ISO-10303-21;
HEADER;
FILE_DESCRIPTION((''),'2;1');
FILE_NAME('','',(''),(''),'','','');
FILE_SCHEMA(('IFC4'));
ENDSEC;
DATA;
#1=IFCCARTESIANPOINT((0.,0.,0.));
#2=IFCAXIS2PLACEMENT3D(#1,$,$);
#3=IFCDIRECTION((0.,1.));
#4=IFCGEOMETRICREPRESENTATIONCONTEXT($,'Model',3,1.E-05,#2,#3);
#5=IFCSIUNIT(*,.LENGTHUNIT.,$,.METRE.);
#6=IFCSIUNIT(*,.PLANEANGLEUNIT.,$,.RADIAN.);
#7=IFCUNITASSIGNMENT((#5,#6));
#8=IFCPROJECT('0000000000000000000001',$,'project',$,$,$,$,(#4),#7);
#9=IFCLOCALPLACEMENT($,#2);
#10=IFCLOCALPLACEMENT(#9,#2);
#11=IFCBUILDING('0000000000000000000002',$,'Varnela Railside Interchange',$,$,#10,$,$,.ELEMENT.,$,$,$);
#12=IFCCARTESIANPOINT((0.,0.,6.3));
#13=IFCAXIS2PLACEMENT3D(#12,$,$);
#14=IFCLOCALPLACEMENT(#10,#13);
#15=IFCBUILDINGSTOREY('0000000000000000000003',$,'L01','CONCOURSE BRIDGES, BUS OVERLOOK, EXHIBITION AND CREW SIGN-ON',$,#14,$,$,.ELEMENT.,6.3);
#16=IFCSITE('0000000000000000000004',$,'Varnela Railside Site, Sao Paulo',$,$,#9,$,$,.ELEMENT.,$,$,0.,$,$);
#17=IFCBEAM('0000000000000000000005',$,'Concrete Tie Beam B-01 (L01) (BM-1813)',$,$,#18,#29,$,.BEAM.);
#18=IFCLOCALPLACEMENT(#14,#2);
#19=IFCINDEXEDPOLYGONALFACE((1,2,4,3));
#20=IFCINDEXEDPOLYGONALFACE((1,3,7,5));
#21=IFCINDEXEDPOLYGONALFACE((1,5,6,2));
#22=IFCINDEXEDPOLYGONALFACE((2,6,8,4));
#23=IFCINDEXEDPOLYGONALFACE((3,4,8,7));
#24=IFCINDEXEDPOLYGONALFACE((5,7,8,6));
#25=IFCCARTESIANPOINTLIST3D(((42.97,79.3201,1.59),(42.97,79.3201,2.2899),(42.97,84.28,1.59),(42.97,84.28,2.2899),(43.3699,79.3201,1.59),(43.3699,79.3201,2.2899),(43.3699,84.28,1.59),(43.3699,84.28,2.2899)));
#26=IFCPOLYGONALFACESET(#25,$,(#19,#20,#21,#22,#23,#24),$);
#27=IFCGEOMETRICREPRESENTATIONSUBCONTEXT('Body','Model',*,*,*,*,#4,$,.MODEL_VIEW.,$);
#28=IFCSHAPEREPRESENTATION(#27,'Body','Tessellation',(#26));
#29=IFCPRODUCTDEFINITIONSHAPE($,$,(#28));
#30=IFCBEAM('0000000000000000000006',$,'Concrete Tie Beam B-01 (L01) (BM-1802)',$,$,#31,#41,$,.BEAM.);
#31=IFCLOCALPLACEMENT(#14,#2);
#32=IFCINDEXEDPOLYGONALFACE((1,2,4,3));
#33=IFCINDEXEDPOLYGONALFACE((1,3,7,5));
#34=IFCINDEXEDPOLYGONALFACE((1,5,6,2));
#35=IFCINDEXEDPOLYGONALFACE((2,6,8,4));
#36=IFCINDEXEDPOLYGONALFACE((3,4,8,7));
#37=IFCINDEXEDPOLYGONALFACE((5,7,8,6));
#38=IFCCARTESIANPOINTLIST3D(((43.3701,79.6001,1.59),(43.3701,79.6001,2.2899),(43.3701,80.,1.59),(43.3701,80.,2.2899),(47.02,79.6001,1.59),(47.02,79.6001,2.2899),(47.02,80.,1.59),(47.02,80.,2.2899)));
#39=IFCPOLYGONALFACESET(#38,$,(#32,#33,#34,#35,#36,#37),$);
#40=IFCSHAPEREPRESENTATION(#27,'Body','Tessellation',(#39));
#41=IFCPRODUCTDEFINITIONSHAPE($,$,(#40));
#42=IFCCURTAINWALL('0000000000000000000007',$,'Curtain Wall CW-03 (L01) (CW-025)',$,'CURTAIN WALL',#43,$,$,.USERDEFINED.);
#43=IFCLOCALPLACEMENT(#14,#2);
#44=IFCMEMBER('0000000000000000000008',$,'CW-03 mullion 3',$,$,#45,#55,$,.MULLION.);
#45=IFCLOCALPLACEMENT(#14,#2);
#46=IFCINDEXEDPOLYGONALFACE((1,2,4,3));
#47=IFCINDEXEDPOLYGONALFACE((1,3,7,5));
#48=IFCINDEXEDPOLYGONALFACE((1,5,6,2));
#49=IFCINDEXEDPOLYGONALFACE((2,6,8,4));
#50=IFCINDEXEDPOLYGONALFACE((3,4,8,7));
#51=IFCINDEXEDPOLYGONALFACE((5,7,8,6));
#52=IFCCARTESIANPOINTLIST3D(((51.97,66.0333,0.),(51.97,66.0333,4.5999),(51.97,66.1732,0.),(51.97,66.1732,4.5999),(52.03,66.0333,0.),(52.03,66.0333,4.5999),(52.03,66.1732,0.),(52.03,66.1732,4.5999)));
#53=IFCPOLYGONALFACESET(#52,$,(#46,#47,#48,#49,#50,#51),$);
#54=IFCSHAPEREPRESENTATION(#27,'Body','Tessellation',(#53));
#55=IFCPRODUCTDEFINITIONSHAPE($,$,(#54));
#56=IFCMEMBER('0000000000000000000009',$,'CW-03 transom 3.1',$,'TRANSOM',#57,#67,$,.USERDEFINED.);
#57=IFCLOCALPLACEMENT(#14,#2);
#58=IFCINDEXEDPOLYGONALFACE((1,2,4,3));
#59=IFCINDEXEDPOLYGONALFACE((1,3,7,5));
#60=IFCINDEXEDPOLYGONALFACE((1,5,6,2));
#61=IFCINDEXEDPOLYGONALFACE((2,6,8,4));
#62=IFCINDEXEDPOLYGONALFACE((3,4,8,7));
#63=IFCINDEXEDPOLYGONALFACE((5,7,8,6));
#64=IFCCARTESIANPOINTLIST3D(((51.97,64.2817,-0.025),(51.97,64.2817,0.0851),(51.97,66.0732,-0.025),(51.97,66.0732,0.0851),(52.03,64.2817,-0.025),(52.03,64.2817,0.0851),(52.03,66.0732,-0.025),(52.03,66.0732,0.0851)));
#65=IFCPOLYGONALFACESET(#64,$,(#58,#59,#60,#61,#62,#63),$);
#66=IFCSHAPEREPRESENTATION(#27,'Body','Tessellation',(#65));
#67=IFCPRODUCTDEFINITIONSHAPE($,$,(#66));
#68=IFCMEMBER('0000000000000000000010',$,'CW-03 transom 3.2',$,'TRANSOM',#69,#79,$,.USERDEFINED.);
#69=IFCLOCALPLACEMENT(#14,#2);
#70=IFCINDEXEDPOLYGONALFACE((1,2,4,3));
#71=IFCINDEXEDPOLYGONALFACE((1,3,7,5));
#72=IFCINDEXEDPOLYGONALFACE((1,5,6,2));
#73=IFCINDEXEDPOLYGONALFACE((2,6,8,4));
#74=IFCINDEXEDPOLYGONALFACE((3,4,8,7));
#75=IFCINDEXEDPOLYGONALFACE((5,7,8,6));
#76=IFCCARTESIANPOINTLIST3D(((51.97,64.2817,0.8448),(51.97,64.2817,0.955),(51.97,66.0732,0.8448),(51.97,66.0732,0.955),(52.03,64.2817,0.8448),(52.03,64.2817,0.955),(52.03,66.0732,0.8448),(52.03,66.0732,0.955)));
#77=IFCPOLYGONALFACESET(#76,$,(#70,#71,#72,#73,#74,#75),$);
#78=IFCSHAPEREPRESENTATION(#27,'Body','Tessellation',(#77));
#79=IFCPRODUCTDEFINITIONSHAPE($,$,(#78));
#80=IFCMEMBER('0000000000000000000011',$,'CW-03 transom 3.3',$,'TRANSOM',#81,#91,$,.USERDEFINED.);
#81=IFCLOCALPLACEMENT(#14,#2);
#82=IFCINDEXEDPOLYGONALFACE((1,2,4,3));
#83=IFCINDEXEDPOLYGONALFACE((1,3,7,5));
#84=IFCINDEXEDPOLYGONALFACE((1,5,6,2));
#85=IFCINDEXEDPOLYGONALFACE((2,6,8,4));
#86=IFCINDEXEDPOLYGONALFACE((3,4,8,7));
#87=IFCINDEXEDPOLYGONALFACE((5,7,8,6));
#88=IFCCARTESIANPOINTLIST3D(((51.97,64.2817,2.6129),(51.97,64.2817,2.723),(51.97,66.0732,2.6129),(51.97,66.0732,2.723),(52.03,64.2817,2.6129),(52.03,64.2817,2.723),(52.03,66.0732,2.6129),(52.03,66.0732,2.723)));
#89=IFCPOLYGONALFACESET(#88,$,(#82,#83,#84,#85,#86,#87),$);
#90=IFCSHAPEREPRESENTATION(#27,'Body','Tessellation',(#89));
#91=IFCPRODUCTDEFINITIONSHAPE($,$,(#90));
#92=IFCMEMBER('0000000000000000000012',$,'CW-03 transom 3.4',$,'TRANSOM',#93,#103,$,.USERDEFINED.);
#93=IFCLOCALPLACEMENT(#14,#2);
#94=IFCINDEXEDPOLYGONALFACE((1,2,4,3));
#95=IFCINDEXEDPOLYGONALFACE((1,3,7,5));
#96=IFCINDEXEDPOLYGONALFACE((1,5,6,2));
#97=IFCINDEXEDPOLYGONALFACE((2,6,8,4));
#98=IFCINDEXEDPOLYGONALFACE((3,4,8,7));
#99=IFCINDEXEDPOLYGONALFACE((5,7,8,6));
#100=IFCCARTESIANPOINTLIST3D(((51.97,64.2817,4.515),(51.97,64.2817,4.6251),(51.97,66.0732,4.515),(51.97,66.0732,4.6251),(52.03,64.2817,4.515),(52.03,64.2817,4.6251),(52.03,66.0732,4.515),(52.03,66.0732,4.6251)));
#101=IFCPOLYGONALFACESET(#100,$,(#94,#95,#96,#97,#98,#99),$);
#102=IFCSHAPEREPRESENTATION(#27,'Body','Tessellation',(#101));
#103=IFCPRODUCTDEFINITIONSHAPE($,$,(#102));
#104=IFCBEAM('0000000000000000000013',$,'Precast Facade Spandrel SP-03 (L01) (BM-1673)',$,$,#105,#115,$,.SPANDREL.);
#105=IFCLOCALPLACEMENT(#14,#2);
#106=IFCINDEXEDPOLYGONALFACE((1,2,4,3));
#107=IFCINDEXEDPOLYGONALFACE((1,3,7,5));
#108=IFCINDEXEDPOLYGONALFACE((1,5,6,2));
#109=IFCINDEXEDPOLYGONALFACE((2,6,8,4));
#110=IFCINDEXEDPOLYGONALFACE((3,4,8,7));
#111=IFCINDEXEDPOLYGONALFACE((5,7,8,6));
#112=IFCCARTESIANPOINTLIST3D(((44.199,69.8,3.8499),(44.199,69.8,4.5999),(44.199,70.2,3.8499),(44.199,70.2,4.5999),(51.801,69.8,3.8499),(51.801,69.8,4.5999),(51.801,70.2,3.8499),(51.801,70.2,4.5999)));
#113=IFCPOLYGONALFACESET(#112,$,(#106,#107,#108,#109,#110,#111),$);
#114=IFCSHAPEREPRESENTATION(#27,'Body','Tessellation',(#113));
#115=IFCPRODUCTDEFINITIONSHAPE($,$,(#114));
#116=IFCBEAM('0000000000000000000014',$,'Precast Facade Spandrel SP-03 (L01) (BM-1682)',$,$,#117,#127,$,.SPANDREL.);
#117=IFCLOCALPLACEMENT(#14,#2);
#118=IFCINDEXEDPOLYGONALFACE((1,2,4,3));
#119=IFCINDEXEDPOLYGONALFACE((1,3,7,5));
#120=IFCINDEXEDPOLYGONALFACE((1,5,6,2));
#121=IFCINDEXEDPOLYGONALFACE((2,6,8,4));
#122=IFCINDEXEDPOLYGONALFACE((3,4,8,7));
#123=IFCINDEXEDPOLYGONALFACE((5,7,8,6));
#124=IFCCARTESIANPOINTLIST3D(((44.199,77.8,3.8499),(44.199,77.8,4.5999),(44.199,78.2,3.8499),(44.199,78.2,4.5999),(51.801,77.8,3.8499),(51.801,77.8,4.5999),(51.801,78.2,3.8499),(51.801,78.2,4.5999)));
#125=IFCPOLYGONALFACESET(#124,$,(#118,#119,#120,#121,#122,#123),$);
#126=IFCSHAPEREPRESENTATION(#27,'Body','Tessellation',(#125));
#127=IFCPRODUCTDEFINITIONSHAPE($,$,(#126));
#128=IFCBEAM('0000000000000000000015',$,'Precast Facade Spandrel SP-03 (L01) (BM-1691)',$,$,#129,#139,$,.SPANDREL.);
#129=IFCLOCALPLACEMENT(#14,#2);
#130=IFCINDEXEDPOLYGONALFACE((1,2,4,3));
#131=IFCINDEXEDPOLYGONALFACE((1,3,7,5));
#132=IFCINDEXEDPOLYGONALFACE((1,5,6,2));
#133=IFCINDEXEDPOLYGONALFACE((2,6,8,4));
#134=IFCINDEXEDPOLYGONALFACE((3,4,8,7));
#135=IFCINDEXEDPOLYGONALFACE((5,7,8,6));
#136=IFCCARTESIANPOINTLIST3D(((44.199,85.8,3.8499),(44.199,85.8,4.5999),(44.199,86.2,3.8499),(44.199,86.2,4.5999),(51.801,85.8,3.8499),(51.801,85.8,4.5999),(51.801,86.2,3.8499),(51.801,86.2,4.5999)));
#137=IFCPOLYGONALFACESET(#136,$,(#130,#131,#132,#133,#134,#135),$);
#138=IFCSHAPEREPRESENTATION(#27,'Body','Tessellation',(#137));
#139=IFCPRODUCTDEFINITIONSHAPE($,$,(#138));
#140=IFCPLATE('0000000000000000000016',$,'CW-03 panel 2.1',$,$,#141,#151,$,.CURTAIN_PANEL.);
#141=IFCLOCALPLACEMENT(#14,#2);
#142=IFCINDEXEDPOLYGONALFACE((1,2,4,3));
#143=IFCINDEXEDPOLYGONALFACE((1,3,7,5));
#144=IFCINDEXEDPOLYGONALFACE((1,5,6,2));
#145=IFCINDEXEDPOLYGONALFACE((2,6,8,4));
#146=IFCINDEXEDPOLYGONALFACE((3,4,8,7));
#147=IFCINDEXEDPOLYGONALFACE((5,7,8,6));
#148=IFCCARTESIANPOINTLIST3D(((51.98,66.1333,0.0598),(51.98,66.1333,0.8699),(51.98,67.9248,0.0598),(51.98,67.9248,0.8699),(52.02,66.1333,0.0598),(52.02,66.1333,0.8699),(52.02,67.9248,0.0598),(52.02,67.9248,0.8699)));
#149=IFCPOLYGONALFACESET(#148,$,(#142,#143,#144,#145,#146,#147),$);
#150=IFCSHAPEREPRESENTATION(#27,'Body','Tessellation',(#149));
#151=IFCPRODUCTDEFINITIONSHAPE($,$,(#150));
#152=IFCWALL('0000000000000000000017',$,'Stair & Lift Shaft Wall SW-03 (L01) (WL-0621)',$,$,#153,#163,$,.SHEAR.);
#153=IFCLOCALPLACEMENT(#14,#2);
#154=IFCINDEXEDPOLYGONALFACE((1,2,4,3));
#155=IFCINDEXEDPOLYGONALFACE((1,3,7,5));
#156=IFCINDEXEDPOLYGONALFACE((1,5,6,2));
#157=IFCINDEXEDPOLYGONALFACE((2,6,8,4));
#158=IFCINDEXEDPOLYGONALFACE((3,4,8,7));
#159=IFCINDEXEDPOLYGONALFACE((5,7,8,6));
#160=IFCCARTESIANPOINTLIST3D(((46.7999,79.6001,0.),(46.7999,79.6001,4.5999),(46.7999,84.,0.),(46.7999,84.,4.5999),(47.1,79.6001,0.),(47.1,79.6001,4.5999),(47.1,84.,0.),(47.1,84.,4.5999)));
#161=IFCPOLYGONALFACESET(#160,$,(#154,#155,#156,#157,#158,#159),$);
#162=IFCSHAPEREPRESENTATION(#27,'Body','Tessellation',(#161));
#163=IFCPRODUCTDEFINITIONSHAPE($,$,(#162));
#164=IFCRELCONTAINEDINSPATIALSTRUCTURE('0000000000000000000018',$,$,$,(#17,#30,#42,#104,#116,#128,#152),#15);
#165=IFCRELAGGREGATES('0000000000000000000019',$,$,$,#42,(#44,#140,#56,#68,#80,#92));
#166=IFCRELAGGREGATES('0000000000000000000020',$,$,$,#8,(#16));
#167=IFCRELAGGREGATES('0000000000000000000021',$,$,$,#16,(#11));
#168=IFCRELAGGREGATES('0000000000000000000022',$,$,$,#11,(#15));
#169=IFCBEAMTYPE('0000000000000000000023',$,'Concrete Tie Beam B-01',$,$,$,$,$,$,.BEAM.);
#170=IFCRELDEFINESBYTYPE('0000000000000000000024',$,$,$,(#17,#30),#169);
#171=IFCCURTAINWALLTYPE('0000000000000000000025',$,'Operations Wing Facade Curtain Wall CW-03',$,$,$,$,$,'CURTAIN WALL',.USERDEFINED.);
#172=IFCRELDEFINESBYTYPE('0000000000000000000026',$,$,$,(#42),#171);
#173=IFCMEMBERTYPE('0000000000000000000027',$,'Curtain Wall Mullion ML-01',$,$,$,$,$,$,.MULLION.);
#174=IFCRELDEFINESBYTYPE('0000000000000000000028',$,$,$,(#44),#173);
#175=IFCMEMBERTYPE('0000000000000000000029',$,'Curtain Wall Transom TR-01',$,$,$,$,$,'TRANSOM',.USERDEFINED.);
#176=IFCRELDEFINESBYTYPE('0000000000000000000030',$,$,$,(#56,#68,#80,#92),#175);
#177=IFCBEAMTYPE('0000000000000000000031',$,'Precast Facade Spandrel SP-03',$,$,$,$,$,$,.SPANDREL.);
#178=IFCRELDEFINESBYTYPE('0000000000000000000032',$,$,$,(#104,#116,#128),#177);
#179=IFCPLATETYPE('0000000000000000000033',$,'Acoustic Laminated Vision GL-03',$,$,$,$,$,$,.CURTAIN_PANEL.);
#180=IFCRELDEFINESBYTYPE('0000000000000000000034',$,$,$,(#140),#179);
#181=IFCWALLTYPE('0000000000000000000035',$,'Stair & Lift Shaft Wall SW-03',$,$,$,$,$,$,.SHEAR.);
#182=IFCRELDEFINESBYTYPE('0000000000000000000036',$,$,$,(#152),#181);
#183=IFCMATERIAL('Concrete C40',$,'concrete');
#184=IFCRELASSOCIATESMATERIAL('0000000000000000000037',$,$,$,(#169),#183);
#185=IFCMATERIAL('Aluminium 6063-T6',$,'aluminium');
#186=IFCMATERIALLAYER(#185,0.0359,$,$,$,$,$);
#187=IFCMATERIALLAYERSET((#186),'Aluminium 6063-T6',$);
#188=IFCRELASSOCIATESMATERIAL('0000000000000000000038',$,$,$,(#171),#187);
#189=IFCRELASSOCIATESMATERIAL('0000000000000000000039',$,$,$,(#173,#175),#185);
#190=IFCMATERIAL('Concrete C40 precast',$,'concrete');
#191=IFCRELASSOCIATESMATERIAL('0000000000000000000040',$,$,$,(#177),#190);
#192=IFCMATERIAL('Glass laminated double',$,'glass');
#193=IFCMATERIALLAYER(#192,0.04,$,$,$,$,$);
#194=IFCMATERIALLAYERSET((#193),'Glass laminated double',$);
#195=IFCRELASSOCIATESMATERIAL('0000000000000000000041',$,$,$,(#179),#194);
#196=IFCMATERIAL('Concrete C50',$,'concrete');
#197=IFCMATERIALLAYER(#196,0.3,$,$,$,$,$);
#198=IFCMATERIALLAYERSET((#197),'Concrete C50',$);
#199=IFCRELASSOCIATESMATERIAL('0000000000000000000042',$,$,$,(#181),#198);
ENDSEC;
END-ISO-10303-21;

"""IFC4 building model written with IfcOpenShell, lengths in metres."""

from ifc_helpers import new_model, si_unit, direction, frame, frame_2d, origin, origin_2d, place, context, subcontext, project, spatial, rectangle, extrude, material, layer, layer_set, material_profile, profile_set, type_object, element, aggregate, save


model = new_model("IFC4")

# Units and contexts
model_context = context("Model", 3, precision=1e-05, world=origin(), true_north=direction((0.0, 1.0)))
body_context = subcontext(model_context, "Body", "Model", "MODEL_VIEW")
ifc_project = project(units=[si_unit("LENGTHUNIT", "METRE"), si_unit("PLANEANGLEUNIT", "RADIAN")], contexts=[model_context])

# Site, building, storey
site_placement = place(None, origin())
site = spatial("IfcSite", under=ifc_project, at=site_placement, Name="Varnela Railside Site, Sao Paulo", CompositionType="ELEMENT", RefElevation=0.0)
building_placement = place(site_placement, origin())
building = spatial("IfcBuilding", under=site, at=building_placement, Name="Varnela Railside Interchange", CompositionType="ELEMENT")
storey_placement = place(building_placement, frame((0.0, 0.0, 6.3)))
storey = spatial("IfcBuildingStorey", under=building, at=storey_placement, Name="L01", Description="CONCOURSE BRIDGES, BUS OVERLOOK, EXHIBITION AND CREW SIGN-ON", CompositionType="ELEMENT", Elevation=6.3)

# Beams
ifc_material_1 = material(Name="Concrete C40", Category="concrete")
ifc_material_profile_1 = material_profile(ifc_material_1, rectangle(XDim=0.3999, YDim=0.7, at=origin_2d()), Name="RC 400x700")
ifc_profile_set_1 = profile_set([ifc_material_profile_1], Name="Concrete C40")
beam_type_1 = type_object("IfcBeamType", Name="Concrete Tie Beam B-01", PredefinedType="BEAM", material=ifc_profile_set_1)
beam_1_placement = place(storey_placement, frame((43.1699, 79.3201, 1.9399), z_axis=(0.0, 1.0, 0.0), x_axis=(-1.0, 0.0, 0.0)))
element("IfcBeam", 1, at=beam_1_placement, inside=storey, type_object=beam_type_1, Name="Concrete Tie Beam B-01 (L01) (BM-1813)", PredefinedType="BEAM", context=body_context, shape_type="SweptSolid", body=[
    extrude(rectangle(XDim=0.3999, YDim=0.7, at=origin_2d()), origin(), (0.0, 0.0, 1.0), 4.96),
])
beam_2_placement = place(storey_placement, frame((43.3701, 79.8, 1.9399), z_axis=(1.0, 0.0, 0.0), x_axis=(0.0, 1.0, 0.0)))
element("IfcBeam", 2, at=beam_2_placement, inside=storey, type_object=beam_type_1, Name="Concrete Tie Beam B-01 (L01) (BM-1802)", PredefinedType="BEAM", context=body_context, shape_type="SweptSolid", body=[
    extrude(rectangle(XDim=0.3999, YDim=0.7, at=origin_2d()), origin(), (0.0, 0.0, 1.0), 3.6499),
])

# Curtain wall, members
ifc_material_2 = material(Name="Aluminium 6063-T6", Category="aluminium")
ifc_layer_1 = layer(ifc_material_2, 0.0359)
ifc_layer_set_1 = layer_set([ifc_layer_1], Name="Aluminium 6063-T6")
curtain_wall_type = type_object("IfcCurtainWallType", Name="Operations Wing Facade Curtain Wall CW-03", ElementType="CURTAIN WALL", PredefinedType="USERDEFINED", material=ifc_layer_set_1)
curtain_wall_placement = place(storey_placement, origin())
curtain_wall = element("IfcCurtainWall", 3, at=curtain_wall_placement, inside=storey, type_object=curtain_wall_type, Name="Curtain Wall CW-03 (L01) (CW-025)", ObjectType="CURTAIN WALL", PredefinedType="USERDEFINED")
ifc_material_profile_2 = material_profile(ifc_material_2, rectangle(XDim=0.0601, YDim=0.1399, at=origin_2d()), Name="ALU 60x140")
ifc_profile_set_2 = profile_set([ifc_material_profile_2], Name="Aluminium 6063-T6")
member_type_1 = type_object("IfcMemberType", Name="Curtain Wall Mullion ML-01", PredefinedType="MULLION", material=ifc_profile_set_2)
member_1_placement = place(storey_placement, frame((52.0, 66.1033, 0.0), z_axis=(0.0, 0.0, 1.0), x_axis=(1.0, 0.0, 0.0)))
member_1 = element("IfcMember", 4, at=member_1_placement, type_object=member_type_1, Name="CW-03 mullion 3", PredefinedType="MULLION", context=body_context, shape_type="SweptSolid", body=[
    extrude(rectangle(XDim=0.0601, YDim=0.1399, at=origin_2d()), origin(), (0.0, 0.0, 1.0), 4.5999),
])
ifc_material_profile_3 = material_profile(ifc_material_2, rectangle(XDim=0.0601, YDim=0.1101, at=origin_2d()), Name="ALU 60x110")
ifc_profile_set_3 = profile_set([ifc_material_profile_3], Name="Aluminium 6063-T6")
member_type_2 = type_object("IfcMemberType", Name="Curtain Wall Transom TR-01", ElementType="TRANSOM", PredefinedType="USERDEFINED", material=ifc_profile_set_3)
member_2_placement = place(storey_placement, frame((52.0, 66.0732, 0.03), z_axis=(0.0, -1.0, 0.0), x_axis=(1.0, 0.0, 0.0)))
member_2 = element("IfcMember", 5, at=member_2_placement, type_object=member_type_2, Name="CW-03 transom 3.1", ObjectType="TRANSOM", PredefinedType="USERDEFINED", context=body_context, shape_type="SweptSolid", body=[
    extrude(rectangle(XDim=0.0601, YDim=0.1101, at=origin_2d()), origin(), (0.0, 0.0, 1.0), 1.7915),
])
member_3_placement = place(storey_placement, frame((52.0, 66.0732, 0.8999), z_axis=(0.0, -1.0, 0.0), x_axis=(1.0, 0.0, 0.0)))
member_3 = element("IfcMember", 6, at=member_3_placement, type_object=member_type_2, Name="CW-03 transom 3.2", ObjectType="TRANSOM", PredefinedType="USERDEFINED", context=body_context, shape_type="SweptSolid", body=[
    extrude(rectangle(XDim=0.0601, YDim=0.1101, at=origin_2d()), origin(), (0.0, 0.0, 1.0), 1.7915),
])
member_4_placement = place(storey_placement, frame((52.0, 66.0732, 2.668), z_axis=(0.0, -1.0, 0.0), x_axis=(1.0, 0.0, 0.0)))
member_4 = element("IfcMember", 7, at=member_4_placement, type_object=member_type_2, Name="CW-03 transom 3.3", ObjectType="TRANSOM", PredefinedType="USERDEFINED", context=body_context, shape_type="SweptSolid", body=[
    extrude(rectangle(XDim=0.0601, YDim=0.1101, at=origin_2d()), origin(), (0.0, 0.0, 1.0), 1.7915),
])
member_5_placement = place(storey_placement, frame((52.0, 66.0732, 4.5701), z_axis=(0.0, -1.0, 0.0), x_axis=(1.0, 0.0, 0.0)))
member_5 = element("IfcMember", 8, at=member_5_placement, type_object=member_type_2, Name="CW-03 transom 3.4", ObjectType="TRANSOM", PredefinedType="USERDEFINED", context=body_context, shape_type="SweptSolid", body=[
    extrude(rectangle(XDim=0.0601, YDim=0.1101, at=origin_2d()), origin(), (0.0, 0.0, 1.0), 1.7915),
])

# Beams
ifc_material_3 = material(Name="Concrete C40 precast", Category="concrete")
ifc_material_profile_4 = material_profile(ifc_material_3, rectangle(XDim=0.3999, YDim=0.75, at=origin_2d()), Name="PC 400x750")
ifc_profile_set_4 = profile_set([ifc_material_profile_4], Name="Concrete C40 precast")
beam_type_2 = type_object("IfcBeamType", Name="Precast Facade Spandrel SP-03", PredefinedType="SPANDREL", material=ifc_profile_set_4)
for number, where, z_axis, x_axis, name in (
    (9, (44.199, 70.0, 4.2249), (1.0, 0.0, 0.0), (0.0, 1.0, 0.0), "Precast Facade Spandrel SP-03 (L01) (BM-1673)"),
    (10, (44.199, 78.0, 4.2249), (1.0, 0.0, 0.0), (0.0, 1.0, 0.0), "Precast Facade Spandrel SP-03 (L01) (BM-1682)"),
    (11, (44.199, 86.0, 4.2249), (1.0, 0.0, 0.0), (0.0, 1.0, 0.0), "Precast Facade Spandrel SP-03 (L01) (BM-1691)"),
):
    element("IfcBeam", number, at=place(storey_placement, frame(where, z_axis=z_axis, x_axis=x_axis)), inside=storey, type_object=beam_type_2, Name=name, PredefinedType="SPANDREL", context=body_context, shape_type="SweptSolid", body=[
        extrude(rectangle(XDim=0.3999, YDim=0.75, at=origin_2d()), origin(), (0.0, 0.0, 1.0), 7.6021),
    ])

# Plate
ifc_material_4 = material(Name="Glass laminated double", Category="glass")
ifc_layer_2 = layer(ifc_material_4, 0.04)
ifc_layer_set_2 = layer_set([ifc_layer_2], Name="Glass laminated double")
plate_type = type_object("IfcPlateType", Name="Acoustic Laminated Vision GL-03", PredefinedType="CURTAIN_PANEL", material=ifc_layer_set_2)
plate_placement = place(storey_placement, frame((52.0, 67.0291, 0.0598), z_axis=(0.0, 0.0, 1.0), x_axis=(0.0, -1.0, 0.0)))
plate = element("IfcPlate", 12, at=plate_placement, type_object=plate_type, Name="CW-03 panel 2.1", PredefinedType="CURTAIN_PANEL", context=body_context, shape_type="SweptSolid", body=[
    extrude(rectangle(XDim=1.7915, YDim=0.04, at=origin_2d()), origin(), (0.0, 0.0, 1.0), 0.8101),
])
aggregate(curtain_wall, [member_1, plate, member_2, member_3, member_4, member_5])

# Wall
ifc_material_5 = material(Name="Concrete C50", Category="concrete")
ifc_layer_3 = layer(ifc_material_5, 0.3)
ifc_layer_set_3 = layer_set([ifc_layer_3], Name="Concrete C50")
wall_type = type_object("IfcWallType", Name="Stair & Lift Shaft Wall SW-03", PredefinedType="SHEAR", material=ifc_layer_set_3)
wall_placement = place(storey_placement, frame((46.95, 79.6001, 0.0), z_axis=(0.0, 0.0, 1.0), x_axis=(0.0, 1.0, 0.0)))
element("IfcWall", 13, at=wall_placement, inside=storey, type_object=wall_type, Name="Stair & Lift Shaft Wall SW-03 (L01) (WL-0621)", PredefinedType="SHEAR", context=body_context, shape_type="SweptSolid", body=[
    extrude(rectangle(XDim=4.3999, YDim=0.3, at=frame_2d((2.2, 0.0))), origin(), (0.0, 0.0, 1.0), 4.5999),
])

save(model, "model.ifc")
